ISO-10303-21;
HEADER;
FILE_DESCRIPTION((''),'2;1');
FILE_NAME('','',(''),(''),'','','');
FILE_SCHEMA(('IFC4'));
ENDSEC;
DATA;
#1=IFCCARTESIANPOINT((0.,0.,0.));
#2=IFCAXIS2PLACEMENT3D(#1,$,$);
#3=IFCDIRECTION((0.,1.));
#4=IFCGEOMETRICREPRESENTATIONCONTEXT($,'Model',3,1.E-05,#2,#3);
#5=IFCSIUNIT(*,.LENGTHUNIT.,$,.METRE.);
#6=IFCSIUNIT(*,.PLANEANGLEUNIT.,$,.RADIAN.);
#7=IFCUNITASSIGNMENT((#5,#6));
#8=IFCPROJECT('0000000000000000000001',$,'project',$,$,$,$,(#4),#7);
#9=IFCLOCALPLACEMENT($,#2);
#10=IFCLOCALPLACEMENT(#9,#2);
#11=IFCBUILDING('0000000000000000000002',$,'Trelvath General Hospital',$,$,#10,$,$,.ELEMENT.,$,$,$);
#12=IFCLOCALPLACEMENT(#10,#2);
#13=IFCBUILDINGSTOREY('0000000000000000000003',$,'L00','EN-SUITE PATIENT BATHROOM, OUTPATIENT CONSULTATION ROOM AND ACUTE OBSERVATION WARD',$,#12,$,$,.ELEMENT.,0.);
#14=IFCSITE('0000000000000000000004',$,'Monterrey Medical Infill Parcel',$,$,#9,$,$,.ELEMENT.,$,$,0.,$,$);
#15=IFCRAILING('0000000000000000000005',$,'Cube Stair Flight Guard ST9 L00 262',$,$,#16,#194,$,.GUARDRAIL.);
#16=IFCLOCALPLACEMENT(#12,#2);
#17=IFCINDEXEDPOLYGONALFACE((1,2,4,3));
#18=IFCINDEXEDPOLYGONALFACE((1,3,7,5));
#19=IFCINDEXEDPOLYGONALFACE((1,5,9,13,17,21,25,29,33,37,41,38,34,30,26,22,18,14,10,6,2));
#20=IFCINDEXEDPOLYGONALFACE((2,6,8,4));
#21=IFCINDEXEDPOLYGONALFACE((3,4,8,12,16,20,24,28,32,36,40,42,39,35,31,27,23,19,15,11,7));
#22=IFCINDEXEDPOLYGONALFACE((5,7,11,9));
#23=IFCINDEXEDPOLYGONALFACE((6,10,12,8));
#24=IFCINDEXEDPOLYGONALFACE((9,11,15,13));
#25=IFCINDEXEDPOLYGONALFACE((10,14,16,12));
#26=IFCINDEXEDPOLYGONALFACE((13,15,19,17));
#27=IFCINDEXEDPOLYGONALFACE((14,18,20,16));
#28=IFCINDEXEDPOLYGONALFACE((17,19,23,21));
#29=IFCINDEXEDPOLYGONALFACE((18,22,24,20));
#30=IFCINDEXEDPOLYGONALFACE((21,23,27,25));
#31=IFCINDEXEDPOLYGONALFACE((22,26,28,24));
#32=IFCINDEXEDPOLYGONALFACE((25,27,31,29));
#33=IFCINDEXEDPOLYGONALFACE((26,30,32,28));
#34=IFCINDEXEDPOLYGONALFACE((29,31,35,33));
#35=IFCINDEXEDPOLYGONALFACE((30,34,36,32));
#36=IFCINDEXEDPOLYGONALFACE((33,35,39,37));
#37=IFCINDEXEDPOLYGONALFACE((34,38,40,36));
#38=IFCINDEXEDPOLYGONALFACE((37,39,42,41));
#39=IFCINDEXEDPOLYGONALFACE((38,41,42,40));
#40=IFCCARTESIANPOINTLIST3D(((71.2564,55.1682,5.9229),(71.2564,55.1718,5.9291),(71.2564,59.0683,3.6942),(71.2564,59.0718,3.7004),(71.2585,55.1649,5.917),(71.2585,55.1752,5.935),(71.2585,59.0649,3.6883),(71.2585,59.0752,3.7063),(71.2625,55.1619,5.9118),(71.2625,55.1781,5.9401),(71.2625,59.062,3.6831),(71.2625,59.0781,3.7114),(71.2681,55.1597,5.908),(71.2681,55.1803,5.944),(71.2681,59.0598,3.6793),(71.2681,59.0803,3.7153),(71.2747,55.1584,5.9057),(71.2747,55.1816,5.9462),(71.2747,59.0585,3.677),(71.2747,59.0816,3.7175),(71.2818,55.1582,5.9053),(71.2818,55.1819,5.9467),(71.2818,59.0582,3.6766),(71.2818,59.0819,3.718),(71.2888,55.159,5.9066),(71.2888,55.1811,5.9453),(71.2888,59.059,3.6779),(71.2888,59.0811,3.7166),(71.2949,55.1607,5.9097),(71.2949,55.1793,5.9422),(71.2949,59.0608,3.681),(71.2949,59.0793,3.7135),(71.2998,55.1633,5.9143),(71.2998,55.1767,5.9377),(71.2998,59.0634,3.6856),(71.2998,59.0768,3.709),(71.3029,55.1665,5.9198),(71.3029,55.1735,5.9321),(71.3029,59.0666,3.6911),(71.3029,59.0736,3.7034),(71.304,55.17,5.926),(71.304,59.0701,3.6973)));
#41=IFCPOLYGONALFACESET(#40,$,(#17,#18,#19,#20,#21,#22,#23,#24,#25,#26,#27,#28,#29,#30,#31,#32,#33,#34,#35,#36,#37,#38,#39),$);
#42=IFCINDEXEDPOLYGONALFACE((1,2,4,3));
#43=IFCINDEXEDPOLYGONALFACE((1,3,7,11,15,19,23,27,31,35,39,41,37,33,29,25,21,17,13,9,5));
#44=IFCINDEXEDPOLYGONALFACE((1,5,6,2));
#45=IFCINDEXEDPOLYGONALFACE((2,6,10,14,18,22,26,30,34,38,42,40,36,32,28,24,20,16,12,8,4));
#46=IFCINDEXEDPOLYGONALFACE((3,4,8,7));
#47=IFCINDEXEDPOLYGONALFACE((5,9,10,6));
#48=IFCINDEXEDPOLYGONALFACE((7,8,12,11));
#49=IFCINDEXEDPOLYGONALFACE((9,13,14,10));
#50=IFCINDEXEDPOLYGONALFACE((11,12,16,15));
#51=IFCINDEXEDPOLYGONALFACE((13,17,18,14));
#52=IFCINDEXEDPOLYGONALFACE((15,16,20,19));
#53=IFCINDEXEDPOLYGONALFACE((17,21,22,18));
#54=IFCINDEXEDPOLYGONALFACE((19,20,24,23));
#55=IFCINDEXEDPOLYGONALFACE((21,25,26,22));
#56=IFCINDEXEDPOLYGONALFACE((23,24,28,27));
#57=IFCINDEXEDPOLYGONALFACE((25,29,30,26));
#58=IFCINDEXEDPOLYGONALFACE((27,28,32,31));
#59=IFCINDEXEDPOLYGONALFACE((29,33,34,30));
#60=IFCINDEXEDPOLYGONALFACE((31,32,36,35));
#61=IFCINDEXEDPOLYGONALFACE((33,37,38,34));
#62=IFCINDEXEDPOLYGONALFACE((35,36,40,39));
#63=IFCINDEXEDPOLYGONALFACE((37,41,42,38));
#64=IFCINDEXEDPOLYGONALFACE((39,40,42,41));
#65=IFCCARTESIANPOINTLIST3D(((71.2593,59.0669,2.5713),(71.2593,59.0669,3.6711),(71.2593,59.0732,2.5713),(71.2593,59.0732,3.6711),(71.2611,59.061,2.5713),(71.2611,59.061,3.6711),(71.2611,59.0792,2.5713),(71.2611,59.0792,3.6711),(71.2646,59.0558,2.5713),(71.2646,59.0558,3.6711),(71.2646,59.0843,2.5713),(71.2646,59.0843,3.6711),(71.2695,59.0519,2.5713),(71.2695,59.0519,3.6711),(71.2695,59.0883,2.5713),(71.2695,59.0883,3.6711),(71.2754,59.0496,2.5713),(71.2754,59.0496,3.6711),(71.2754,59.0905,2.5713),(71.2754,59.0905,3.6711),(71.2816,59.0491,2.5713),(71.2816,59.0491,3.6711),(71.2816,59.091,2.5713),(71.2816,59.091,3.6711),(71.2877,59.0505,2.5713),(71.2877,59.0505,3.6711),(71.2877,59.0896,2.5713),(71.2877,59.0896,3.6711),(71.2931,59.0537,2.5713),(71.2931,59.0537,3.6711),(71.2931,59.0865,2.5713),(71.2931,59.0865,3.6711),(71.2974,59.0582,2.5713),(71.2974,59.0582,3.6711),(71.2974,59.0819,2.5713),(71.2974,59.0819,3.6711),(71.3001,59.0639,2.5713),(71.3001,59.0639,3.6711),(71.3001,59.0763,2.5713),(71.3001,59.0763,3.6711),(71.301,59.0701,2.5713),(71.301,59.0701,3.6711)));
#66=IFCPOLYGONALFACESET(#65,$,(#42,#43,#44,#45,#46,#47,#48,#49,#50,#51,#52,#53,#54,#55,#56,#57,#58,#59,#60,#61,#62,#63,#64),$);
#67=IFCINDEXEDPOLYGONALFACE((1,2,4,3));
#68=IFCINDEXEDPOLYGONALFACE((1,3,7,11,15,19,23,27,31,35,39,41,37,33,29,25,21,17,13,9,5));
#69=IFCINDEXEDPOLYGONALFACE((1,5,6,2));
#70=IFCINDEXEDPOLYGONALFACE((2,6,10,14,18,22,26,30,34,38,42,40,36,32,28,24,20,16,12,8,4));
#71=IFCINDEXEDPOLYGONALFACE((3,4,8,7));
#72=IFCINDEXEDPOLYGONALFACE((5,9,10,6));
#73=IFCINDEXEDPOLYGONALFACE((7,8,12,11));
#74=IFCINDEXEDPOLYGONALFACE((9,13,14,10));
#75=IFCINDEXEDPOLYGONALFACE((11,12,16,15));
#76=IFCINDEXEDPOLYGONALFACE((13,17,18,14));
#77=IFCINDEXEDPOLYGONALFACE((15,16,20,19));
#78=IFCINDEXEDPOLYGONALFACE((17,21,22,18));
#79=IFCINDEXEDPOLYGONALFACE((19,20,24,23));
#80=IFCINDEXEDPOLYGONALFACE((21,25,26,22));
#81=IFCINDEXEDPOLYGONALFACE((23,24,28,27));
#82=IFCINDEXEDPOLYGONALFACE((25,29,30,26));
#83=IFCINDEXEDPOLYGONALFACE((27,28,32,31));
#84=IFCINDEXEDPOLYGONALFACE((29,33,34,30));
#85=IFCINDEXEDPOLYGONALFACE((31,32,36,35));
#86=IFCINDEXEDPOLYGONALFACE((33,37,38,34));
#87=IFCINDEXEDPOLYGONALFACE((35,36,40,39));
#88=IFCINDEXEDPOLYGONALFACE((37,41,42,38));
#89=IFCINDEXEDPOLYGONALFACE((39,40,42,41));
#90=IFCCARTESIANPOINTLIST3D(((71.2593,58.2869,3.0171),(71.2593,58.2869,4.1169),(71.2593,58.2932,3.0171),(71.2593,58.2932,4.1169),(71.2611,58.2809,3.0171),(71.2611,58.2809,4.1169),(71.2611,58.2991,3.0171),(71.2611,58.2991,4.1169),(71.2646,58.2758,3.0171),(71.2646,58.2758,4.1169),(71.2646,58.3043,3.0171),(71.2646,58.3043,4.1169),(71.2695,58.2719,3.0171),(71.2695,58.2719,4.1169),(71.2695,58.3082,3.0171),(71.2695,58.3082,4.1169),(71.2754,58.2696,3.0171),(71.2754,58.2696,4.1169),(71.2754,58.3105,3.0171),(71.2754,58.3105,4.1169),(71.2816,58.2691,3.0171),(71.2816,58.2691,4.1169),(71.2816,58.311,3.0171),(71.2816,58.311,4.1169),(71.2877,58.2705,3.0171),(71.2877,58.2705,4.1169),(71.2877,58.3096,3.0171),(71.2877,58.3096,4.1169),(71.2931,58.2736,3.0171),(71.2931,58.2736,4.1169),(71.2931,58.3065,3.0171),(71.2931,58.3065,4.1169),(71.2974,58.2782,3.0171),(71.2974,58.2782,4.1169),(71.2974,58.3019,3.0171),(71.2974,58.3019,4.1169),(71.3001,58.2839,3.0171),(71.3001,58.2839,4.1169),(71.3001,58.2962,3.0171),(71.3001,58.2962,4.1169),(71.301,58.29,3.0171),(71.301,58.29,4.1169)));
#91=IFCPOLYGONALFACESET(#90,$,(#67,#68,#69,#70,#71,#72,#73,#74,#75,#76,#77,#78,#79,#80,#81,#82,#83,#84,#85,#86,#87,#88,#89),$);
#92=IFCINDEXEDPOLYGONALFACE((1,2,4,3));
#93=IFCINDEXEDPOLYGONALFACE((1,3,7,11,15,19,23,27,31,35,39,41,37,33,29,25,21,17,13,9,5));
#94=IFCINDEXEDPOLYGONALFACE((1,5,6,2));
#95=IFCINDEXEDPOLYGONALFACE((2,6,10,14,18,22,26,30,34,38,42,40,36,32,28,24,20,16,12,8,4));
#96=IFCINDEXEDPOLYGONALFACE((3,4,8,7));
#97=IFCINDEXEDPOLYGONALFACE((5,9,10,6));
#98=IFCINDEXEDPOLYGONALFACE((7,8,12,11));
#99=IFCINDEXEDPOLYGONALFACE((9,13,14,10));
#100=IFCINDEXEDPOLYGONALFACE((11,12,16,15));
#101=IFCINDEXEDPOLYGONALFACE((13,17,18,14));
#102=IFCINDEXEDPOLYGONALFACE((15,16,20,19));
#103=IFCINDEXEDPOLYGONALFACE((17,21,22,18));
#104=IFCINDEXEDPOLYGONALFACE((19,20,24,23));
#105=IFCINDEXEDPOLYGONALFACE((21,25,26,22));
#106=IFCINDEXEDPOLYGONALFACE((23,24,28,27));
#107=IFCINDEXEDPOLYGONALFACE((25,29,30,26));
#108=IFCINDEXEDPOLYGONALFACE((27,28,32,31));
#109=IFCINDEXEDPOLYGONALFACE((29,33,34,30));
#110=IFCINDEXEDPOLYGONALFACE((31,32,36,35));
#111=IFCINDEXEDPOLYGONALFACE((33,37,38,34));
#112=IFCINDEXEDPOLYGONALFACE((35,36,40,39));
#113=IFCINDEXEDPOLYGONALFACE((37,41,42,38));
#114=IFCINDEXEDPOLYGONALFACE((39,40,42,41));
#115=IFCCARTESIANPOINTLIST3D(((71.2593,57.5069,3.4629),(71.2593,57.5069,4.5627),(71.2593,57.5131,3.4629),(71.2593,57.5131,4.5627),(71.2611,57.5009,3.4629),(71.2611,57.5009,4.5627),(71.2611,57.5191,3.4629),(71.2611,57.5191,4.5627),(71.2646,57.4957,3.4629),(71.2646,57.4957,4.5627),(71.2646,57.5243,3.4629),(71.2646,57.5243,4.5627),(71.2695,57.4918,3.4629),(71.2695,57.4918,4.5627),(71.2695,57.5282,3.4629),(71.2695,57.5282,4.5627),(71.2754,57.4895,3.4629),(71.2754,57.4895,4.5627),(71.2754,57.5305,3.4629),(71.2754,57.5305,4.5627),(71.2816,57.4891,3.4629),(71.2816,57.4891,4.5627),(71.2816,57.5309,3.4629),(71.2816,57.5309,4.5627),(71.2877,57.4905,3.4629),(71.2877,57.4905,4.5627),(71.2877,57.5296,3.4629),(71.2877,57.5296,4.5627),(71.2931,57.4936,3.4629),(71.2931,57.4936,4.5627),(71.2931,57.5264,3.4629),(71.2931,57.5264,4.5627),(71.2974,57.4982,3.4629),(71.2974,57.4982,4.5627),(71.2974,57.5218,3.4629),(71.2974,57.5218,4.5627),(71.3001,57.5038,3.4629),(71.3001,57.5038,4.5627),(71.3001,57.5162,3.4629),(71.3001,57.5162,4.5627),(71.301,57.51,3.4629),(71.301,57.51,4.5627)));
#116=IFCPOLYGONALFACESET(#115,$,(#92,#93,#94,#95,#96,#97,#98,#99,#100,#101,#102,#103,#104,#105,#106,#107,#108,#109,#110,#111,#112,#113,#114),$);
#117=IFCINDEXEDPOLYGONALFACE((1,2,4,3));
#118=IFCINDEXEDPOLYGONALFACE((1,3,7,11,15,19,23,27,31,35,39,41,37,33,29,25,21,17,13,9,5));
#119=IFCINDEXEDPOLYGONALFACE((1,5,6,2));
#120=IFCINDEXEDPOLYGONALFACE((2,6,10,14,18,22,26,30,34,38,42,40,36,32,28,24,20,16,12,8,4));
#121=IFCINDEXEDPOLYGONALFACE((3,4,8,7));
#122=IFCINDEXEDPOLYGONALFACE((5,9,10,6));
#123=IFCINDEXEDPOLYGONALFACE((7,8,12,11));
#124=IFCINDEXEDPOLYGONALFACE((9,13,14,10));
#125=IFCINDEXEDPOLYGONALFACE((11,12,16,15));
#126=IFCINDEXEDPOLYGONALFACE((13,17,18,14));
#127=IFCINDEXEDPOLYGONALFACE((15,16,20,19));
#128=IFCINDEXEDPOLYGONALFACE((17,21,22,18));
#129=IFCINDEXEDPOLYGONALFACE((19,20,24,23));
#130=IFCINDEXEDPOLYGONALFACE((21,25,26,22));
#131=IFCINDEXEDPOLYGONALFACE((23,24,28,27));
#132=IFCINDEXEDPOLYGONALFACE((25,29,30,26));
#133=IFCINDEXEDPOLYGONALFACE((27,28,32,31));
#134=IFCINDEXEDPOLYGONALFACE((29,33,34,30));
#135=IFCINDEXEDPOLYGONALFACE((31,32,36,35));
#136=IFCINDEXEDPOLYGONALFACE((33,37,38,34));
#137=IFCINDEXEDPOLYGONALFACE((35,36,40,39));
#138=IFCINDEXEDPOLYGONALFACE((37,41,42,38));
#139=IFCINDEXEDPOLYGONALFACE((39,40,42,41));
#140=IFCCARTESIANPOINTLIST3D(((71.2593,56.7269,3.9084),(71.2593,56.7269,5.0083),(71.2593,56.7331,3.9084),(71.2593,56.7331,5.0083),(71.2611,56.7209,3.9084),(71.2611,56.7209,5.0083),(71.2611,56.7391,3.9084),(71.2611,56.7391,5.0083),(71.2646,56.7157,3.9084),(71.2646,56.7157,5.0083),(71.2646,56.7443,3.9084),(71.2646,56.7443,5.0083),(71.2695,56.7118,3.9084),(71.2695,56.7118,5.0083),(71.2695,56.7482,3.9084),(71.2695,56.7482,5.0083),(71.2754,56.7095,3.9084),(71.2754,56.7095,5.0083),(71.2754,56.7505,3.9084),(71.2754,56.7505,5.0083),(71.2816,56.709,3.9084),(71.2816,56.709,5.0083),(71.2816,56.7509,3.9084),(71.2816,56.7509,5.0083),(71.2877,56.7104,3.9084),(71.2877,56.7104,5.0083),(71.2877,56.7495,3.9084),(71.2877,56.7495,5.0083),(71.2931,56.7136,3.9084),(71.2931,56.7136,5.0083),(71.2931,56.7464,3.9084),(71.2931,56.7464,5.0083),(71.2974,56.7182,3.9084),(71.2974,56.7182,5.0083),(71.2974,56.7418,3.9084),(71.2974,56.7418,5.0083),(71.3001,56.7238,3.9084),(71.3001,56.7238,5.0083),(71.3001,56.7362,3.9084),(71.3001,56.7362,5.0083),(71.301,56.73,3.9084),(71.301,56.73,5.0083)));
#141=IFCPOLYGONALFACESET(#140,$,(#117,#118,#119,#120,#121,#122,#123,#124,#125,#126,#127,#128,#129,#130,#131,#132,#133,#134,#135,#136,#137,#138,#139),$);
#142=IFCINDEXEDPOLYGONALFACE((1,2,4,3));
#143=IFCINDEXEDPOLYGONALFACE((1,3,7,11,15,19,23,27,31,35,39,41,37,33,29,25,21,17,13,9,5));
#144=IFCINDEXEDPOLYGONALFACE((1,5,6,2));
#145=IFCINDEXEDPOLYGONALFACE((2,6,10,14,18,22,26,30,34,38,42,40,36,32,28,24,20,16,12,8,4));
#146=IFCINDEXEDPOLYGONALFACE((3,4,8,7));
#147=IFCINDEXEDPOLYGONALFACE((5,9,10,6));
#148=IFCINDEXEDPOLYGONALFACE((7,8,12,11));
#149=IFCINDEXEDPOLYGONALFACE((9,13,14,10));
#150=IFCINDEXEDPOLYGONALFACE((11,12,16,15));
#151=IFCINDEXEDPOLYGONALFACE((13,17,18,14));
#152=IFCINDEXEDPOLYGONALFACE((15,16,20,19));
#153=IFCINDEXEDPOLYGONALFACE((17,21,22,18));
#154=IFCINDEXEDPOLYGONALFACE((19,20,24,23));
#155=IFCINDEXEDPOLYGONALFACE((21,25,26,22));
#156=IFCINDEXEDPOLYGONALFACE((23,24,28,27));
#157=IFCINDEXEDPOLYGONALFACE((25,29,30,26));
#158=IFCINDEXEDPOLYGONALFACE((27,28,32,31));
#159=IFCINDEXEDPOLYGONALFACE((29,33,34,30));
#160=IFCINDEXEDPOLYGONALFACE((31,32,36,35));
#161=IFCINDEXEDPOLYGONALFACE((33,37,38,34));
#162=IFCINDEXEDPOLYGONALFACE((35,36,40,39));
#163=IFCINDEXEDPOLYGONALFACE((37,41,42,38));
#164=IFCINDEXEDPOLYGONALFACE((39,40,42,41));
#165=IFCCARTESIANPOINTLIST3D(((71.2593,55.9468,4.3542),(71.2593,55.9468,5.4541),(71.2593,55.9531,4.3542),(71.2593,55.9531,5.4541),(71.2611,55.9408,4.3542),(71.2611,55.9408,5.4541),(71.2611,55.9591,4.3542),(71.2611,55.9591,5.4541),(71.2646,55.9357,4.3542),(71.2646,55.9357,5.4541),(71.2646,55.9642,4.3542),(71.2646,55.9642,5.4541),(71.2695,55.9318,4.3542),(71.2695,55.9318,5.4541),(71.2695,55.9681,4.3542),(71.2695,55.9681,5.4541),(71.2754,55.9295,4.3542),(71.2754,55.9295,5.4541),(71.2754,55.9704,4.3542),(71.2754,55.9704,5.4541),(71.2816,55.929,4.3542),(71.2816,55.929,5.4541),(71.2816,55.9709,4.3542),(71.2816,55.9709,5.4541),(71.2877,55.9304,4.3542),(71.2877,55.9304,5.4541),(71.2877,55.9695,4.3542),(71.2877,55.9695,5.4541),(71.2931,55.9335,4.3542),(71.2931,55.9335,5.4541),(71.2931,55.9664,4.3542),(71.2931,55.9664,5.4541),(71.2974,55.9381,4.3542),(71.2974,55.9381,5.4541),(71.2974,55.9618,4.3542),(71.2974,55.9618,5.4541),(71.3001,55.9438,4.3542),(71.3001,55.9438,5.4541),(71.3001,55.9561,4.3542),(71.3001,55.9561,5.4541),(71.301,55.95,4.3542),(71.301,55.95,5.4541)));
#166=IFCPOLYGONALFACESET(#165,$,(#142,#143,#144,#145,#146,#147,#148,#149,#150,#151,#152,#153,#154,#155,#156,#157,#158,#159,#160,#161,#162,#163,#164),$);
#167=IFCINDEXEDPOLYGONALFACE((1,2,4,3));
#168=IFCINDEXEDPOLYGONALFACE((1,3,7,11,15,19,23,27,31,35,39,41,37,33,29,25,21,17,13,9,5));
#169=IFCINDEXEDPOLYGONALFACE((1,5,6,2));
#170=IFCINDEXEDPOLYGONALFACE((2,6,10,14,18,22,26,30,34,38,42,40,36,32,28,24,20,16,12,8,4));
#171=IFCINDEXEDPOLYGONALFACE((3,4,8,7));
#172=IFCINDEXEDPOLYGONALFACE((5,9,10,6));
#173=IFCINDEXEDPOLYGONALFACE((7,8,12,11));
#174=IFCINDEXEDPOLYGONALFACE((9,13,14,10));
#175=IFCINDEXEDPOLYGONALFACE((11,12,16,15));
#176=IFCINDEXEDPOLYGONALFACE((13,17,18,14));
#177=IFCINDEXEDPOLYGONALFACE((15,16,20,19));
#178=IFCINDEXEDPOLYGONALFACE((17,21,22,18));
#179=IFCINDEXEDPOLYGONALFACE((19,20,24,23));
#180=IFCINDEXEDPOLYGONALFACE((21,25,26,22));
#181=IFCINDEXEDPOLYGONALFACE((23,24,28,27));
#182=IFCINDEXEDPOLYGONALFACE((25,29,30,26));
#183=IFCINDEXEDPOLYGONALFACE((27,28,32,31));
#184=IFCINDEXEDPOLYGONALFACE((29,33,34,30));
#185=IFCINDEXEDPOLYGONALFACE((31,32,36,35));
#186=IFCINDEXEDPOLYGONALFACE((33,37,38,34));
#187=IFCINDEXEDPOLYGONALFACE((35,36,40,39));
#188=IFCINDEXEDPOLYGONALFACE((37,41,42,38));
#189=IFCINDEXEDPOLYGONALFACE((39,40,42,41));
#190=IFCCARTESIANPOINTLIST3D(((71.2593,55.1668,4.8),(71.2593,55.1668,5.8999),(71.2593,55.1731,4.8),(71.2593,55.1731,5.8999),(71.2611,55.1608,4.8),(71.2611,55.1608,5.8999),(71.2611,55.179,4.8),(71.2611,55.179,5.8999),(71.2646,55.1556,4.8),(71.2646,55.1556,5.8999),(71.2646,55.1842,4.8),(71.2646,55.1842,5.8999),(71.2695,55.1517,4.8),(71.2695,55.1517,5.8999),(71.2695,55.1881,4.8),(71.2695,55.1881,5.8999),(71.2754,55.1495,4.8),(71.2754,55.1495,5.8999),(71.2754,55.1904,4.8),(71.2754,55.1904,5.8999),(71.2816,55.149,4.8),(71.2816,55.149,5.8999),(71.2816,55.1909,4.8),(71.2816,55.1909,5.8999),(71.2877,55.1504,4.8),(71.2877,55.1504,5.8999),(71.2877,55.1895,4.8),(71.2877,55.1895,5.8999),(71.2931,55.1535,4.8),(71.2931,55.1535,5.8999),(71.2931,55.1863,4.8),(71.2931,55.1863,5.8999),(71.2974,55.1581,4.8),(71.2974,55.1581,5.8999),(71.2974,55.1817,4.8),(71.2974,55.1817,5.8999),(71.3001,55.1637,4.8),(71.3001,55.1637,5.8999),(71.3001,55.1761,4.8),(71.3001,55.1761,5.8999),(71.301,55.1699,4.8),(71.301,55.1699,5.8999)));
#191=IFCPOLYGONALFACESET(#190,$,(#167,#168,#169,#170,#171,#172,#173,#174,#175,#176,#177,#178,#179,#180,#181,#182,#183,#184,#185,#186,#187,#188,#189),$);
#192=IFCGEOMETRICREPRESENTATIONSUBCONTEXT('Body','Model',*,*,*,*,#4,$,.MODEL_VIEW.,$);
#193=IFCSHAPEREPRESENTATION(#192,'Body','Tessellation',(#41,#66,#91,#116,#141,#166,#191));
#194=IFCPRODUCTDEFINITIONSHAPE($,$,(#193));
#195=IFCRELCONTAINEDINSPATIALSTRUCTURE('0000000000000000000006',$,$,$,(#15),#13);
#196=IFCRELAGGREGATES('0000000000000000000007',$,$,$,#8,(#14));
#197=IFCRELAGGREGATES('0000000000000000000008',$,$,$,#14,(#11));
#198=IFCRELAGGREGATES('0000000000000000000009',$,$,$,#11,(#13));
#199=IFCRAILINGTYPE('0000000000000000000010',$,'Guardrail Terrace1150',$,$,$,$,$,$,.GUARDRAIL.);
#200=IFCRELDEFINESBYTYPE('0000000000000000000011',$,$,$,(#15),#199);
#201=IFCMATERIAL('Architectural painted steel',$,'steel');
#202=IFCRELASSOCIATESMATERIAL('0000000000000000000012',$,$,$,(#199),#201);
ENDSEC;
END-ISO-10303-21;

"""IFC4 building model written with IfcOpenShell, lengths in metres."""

from ifc_helpers import new_model, si_unit, direction, frame, origin, origin_2d, place, context, subcontext, project, spatial, circle, extrude, material, type_object, element, save


model = new_model("IFC4")

# Units and contexts
model_context = context("Model", 3, precision=1e-05, world=origin(), true_north=direction((0.0, 1.0)))
body_context = subcontext(model_context, "Body", "Model", "MODEL_VIEW")
ifc_project = project(units=[si_unit("LENGTHUNIT", "METRE"), si_unit("PLANEANGLEUNIT", "RADIAN")], contexts=[model_context])

# Site, building, storey
site_placement = place(None, origin())
site = spatial("IfcSite", under=ifc_project, at=site_placement, Name="Monterrey Medical Infill Parcel", CompositionType="ELEMENT", RefElevation=0.0)
building_placement = place(site_placement, origin())
building = spatial("IfcBuilding", under=site, at=building_placement, Name="Trelvath General Hospital", CompositionType="ELEMENT")
storey_placement = place(building_placement, origin())
storey = spatial("IfcBuildingStorey", under=building, at=storey_placement, Name="L00", Description="EN-SUITE PATIENT BATHROOM, OUTPATIENT CONSULTATION ROOM AND ACUTE OBSERVATION WARD", CompositionType="ELEMENT", Elevation=0.0)

# Railing
ifc_material_1 = material(Name="Architectural painted steel", Category="steel")
railing_type = type_object("IfcRailingType", Name="Guardrail Terrace1150", PredefinedType="GUARDRAIL", material=ifc_material_1)
for number, where, name in (
    (1, (71.28, 59.0701, 2.5713), "Cube Stair Flight Guard ST9 L00 262"),
):
    element("IfcRailing", number, at=place(storey_placement, frame(where)), inside=storey, type_object=railing_type, Name=name, PredefinedType="GUARDRAIL", context=body_context, shape_type="SweptSolid", body=[
        extrude(circle(Radius=0.0239, at=origin_2d()), frame((0.0, 0.0, 1.126), z_axis=(0.0, -0.868233, 0.496156), x_axis=(1.0, 0.0, 0.0)), (0.0, 0.0, 1.0), 4.4919),
        extrude(circle(Radius=0.021, at=origin_2d()), origin(), (0.0, 0.0, 1.0), 1.0999),
        extrude(circle(Radius=0.021, at=origin_2d()), frame((0.0, -0.78, 0.4458)), (0.0, 0.0, 1.0), 1.0999),
        extrude(circle(Radius=0.021, at=origin_2d()), frame((0.0, -1.5601, 0.8916)), (0.0, 0.0, 1.0), 1.0999),
        extrude(circle(Radius=0.021, at=origin_2d()), frame((0.0, -2.3401, 1.3372)), (0.0, 0.0, 1.0), 1.0999),
        extrude(circle(Radius=0.021, at=origin_2d()), frame((0.0, -3.1201, 1.783)), (0.0, 0.0, 1.0), 1.0999),
        extrude(circle(Radius=0.021, at=origin_2d()), frame((0.0, -3.9001, 2.2288)), (0.0, 0.0, 1.0), 1.0999),
    ])

save(model, "model.ifc")
